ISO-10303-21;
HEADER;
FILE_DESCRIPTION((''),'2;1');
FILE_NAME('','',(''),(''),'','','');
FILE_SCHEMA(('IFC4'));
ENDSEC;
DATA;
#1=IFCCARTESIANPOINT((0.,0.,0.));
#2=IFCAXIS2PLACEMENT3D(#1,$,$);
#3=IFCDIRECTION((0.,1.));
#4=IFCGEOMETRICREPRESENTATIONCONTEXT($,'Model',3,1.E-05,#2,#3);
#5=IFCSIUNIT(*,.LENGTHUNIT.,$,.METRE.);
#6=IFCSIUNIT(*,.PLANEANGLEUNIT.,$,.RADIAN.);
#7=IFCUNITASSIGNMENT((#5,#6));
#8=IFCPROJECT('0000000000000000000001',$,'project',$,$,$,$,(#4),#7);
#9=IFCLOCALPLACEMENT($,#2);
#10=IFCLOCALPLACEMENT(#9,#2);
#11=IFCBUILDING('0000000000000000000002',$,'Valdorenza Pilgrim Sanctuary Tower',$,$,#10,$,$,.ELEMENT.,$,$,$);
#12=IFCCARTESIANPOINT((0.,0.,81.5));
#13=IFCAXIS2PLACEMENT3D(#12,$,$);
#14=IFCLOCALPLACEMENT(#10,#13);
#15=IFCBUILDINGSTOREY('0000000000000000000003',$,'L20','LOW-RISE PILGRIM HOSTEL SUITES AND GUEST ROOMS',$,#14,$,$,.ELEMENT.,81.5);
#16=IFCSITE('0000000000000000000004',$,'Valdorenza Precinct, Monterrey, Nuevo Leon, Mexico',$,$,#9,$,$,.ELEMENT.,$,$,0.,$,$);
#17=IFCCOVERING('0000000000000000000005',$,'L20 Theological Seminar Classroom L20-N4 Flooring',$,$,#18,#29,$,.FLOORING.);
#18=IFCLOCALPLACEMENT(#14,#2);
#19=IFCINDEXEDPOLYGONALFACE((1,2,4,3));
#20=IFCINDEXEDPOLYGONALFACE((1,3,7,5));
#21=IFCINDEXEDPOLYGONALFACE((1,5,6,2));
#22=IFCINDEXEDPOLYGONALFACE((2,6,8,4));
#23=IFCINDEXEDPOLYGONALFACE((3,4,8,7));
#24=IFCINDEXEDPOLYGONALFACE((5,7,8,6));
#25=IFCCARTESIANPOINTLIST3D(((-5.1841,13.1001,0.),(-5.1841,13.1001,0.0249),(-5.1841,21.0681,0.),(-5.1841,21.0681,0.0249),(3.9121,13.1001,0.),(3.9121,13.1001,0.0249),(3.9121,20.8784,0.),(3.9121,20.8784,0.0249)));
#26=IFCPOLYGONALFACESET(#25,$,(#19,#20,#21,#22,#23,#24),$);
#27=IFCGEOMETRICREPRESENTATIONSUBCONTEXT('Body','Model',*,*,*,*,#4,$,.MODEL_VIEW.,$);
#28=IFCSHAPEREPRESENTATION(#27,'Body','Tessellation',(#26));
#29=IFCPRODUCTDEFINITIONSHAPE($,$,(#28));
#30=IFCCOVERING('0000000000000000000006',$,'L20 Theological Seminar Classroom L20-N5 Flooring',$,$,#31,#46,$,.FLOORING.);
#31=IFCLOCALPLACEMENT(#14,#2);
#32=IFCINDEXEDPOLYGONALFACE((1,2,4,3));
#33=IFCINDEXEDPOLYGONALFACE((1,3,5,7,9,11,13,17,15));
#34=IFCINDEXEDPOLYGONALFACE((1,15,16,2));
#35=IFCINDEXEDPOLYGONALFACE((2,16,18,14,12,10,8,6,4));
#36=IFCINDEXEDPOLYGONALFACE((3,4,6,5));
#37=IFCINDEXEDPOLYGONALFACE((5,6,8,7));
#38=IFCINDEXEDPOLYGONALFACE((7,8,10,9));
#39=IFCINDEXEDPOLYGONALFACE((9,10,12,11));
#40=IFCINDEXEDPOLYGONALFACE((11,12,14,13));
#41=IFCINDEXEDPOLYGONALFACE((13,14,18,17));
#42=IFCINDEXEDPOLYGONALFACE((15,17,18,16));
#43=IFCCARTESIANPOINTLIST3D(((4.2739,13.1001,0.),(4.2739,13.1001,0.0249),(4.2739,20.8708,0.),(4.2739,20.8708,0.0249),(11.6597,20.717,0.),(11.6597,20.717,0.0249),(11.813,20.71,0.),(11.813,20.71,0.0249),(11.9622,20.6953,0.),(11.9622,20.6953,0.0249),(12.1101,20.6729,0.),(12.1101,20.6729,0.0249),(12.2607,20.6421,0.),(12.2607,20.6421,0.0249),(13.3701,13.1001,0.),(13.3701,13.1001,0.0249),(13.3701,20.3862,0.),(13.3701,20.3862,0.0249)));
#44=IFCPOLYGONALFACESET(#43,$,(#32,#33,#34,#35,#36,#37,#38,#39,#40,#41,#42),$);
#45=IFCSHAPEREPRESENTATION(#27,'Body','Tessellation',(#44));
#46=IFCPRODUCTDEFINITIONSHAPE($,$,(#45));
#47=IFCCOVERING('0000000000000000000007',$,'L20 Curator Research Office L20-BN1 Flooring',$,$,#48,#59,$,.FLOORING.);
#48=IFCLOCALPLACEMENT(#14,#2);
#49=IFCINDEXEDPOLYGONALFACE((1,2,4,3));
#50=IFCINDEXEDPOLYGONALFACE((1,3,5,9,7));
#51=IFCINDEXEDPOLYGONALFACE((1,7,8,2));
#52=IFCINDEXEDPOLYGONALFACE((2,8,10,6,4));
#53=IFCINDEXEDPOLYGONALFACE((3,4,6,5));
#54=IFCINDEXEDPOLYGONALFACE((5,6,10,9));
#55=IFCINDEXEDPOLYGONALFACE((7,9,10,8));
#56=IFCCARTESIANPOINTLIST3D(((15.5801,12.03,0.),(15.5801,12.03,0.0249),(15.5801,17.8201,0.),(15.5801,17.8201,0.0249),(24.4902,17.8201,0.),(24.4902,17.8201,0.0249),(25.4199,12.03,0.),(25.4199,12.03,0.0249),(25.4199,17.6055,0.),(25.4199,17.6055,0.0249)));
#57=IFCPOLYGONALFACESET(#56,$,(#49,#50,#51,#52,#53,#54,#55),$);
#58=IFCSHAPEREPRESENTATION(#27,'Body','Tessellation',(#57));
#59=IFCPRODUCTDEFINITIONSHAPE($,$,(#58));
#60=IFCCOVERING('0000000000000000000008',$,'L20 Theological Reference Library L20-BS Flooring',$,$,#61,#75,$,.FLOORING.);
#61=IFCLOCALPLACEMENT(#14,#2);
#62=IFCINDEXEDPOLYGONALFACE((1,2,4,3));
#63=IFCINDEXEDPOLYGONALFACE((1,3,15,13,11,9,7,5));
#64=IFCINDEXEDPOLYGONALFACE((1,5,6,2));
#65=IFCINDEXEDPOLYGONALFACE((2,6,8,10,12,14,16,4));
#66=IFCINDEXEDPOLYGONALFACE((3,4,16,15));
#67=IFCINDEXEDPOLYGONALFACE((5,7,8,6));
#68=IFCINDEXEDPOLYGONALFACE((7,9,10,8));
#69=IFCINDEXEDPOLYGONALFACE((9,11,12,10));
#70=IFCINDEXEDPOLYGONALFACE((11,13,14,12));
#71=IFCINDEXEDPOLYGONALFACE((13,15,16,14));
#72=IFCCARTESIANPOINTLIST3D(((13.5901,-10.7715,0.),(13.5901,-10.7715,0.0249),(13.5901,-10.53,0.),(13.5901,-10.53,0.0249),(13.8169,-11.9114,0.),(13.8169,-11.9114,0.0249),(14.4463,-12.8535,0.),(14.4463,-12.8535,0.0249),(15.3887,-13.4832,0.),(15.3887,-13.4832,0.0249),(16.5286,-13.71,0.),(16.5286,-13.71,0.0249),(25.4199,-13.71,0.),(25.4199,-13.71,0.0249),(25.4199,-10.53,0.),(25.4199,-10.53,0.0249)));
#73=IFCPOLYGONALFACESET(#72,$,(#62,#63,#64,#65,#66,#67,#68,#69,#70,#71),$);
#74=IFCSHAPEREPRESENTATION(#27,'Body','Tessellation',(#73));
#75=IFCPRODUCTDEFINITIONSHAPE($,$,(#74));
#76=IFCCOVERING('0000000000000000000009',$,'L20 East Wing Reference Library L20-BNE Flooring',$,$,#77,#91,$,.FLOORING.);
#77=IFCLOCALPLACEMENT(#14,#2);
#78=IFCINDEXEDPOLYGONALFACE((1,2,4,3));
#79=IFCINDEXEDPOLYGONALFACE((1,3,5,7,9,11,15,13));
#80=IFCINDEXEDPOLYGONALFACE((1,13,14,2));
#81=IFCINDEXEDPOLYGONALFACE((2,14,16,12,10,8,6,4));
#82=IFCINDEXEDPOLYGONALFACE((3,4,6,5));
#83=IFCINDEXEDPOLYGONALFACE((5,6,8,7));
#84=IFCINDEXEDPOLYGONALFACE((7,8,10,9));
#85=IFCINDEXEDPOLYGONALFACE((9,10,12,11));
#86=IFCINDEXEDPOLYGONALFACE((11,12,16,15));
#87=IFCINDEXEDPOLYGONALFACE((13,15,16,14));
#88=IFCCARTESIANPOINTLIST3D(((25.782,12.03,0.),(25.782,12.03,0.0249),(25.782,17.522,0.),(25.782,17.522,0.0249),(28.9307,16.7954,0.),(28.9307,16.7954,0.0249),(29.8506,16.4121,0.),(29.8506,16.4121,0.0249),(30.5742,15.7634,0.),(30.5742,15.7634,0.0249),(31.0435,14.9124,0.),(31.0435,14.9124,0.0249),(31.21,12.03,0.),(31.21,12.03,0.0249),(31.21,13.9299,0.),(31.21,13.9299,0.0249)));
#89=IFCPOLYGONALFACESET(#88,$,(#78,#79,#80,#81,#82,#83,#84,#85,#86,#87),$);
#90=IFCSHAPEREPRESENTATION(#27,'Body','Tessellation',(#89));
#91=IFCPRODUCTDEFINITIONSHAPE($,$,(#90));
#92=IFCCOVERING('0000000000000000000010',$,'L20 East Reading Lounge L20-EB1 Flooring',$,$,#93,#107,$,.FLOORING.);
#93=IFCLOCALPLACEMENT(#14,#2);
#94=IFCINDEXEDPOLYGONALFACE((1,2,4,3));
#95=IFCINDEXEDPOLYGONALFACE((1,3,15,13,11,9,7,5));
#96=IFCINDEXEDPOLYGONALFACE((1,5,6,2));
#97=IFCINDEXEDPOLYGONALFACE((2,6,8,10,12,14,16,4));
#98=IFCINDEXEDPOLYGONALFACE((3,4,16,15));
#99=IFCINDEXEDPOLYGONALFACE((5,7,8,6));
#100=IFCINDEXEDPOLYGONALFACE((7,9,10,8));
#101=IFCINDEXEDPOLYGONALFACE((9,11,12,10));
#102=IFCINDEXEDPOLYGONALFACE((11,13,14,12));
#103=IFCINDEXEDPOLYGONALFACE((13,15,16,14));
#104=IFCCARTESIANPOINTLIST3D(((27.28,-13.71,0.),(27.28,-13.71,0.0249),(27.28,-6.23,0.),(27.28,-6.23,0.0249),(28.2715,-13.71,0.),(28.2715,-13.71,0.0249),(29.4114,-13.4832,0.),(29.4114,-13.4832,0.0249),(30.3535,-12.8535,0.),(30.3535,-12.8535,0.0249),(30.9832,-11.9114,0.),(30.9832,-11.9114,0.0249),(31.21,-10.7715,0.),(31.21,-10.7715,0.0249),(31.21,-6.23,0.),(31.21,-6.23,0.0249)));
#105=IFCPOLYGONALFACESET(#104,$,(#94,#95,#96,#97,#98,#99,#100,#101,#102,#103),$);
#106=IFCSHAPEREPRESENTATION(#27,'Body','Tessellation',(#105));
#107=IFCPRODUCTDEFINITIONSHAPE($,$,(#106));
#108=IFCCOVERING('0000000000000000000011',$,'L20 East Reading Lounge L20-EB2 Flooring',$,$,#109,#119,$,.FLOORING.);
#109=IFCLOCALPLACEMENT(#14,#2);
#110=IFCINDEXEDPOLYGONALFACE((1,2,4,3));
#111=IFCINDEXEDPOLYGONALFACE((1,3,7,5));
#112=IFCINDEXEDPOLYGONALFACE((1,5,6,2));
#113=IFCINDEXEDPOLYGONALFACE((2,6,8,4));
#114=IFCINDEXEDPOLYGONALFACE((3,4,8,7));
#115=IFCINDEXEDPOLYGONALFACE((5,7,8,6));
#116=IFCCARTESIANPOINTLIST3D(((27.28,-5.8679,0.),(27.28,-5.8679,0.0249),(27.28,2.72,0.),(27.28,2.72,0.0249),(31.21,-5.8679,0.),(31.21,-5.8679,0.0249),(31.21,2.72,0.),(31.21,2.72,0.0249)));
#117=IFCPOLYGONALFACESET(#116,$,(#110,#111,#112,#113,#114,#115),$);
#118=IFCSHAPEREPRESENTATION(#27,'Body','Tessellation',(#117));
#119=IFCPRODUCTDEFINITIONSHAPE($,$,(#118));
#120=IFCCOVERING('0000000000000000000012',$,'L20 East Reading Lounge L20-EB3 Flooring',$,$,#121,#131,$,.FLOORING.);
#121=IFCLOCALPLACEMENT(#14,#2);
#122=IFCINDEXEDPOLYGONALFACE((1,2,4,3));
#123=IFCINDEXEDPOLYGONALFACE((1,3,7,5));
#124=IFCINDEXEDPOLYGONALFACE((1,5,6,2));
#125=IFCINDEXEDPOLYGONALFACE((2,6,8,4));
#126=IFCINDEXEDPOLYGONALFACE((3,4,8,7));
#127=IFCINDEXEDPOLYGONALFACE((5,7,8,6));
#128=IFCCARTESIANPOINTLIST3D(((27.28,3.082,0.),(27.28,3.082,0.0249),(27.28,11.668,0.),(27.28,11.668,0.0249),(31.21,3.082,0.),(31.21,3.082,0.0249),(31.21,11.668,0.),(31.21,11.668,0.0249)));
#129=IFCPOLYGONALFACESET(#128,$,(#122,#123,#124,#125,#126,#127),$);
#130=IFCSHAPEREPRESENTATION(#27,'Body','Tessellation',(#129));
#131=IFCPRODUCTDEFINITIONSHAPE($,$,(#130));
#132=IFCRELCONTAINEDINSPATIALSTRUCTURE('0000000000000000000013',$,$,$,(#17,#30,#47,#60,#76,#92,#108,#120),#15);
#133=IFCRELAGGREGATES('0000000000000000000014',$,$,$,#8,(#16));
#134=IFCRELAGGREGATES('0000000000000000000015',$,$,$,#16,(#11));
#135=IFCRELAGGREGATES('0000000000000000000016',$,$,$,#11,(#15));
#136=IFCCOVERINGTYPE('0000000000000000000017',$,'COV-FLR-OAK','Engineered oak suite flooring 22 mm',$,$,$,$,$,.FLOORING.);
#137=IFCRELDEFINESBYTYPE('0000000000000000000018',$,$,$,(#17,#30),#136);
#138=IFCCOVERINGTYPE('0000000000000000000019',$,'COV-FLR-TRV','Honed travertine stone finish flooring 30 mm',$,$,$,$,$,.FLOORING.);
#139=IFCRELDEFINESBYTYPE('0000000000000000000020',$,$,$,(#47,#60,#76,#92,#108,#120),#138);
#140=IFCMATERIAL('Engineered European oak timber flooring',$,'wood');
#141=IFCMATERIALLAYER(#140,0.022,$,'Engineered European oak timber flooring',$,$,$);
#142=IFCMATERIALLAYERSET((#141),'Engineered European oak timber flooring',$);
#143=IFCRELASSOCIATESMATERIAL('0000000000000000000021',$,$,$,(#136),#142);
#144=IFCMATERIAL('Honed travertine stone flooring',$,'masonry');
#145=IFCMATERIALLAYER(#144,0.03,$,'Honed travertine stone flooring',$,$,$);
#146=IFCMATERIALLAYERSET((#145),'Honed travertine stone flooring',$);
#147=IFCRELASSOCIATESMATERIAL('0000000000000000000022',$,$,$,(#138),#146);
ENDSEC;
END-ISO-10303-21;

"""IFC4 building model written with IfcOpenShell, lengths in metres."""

from ifc_helpers import new_model, si_unit, direction, frame, origin, place, context, subcontext, project, spatial, polyline, outline, extrude, material, layer, layer_set, type_object, element, save


model = new_model("IFC4")

# Units and contexts
model_context = context("Model", 3, precision=1e-05, world=origin(), true_north=direction((0.0, 1.0)))
body_context = subcontext(model_context, "Body", "Model", "MODEL_VIEW")
ifc_project = project(units=[si_unit("LENGTHUNIT", "METRE"), si_unit("PLANEANGLEUNIT", "RADIAN")], contexts=[model_context])

# Site, building, storey
site_placement = place(None, origin())
site = spatial("IfcSite", under=ifc_project, at=site_placement, Name="Valdorenza Precinct, Monterrey, Nuevo Leon, Mexico", CompositionType="ELEMENT", RefElevation=0.0)
building_placement = place(site_placement, origin())
building = spatial("IfcBuilding", under=site, at=building_placement, Name="Valdorenza Pilgrim Sanctuary Tower", CompositionType="ELEMENT")
storey_placement = place(building_placement, frame((0.0, 0.0, 81.5)))
storey = spatial("IfcBuildingStorey", under=building, at=storey_placement, Name="L20", Description="LOW-RISE PILGRIM HOSTEL SUITES AND GUEST ROOMS", CompositionType="ELEMENT", Elevation=81.5)

# Coverings
ifc_material_1 = material(Name="Engineered European oak timber flooring", Category="wood")
ifc_layer_1 = layer(ifc_material_1, 0.022, Name="Engineered European oak timber flooring")
ifc_layer_set_1 = layer_set([ifc_layer_1], Name="Engineered European oak timber flooring")
covering_type_1 = type_object("IfcCoveringType", Name="COV-FLR-OAK", Description="Engineered oak suite flooring 22 mm", PredefinedType="FLOORING", material=ifc_layer_set_1)
covering_1_placement = place(storey_placement, origin())
element("IfcCovering", 1, at=covering_1_placement, inside=storey, type_object=covering_type_1, Name="L20 Theological Seminar Classroom L20-N4 Flooring", PredefinedType="FLOORING", context=body_context, shape_type="SweptSolid", body=[
    extrude(outline(polyline([(-5.1841, 13.1001), (-5.1841, 21.0681), (3.9121, 20.8784), (3.9121, 13.1001), (-5.1841, 13.1001)])), origin(), (0.0, 0.0, 1.0), 0.0249),
])
covering_2_placement = place(storey_placement, origin())
element("IfcCovering", 2, at=covering_2_placement, inside=storey, type_object=covering_type_1, Name="L20 Theological Seminar Classroom L20-N5 Flooring", PredefinedType="FLOORING", context=body_context, shape_type="SweptSolid", body=[
    extrude(outline(polyline([(4.2739, 13.1001), (4.2739, 20.8708), (11.6597, 20.717), (11.813, 20.71), (11.9622, 20.6953), (12.1101, 20.6729), (12.2607, 20.6421), (13.3701, 20.3862), (13.3701, 13.1001), (4.2739, 13.1001)])), origin(), (0.0, 0.0, 1.0), 0.0249),
])
ifc_material_2 = material(Name="Honed travertine stone flooring", Category="masonry")
ifc_layer_2 = layer(ifc_material_2, 0.03, Name="Honed travertine stone flooring")
ifc_layer_set_2 = layer_set([ifc_layer_2], Name="Honed travertine stone flooring")
covering_type_2 = type_object("IfcCoveringType", Name="COV-FLR-TRV", Description="Honed travertine stone finish flooring 30 mm", PredefinedType="FLOORING", material=ifc_layer_set_2)
covering_3_placement = place(storey_placement, origin())
element("IfcCovering", 3, at=covering_3_placement, inside=storey, type_object=covering_type_2, Name="L20 Curator Research Office L20-BN1 Flooring", PredefinedType="FLOORING", context=body_context, shape_type="SweptSolid", body=[
    extrude(outline(polyline([(15.5801, 12.03), (15.5801, 17.8201), (24.4902, 17.8201), (25.4199, 17.6055), (25.4199, 12.03), (15.5801, 12.03)])), origin(), (0.0, 0.0, 1.0), 0.0249),
])
covering_4_placement = place(storey_placement, origin())
element("IfcCovering", 4, at=covering_4_placement, inside=storey, type_object=covering_type_2, Name="L20 Theological Reference Library L20-BS Flooring", PredefinedType="FLOORING", context=body_context, shape_type="SweptSolid", body=[
    extrude(outline(polyline([(25.4199, -13.71), (16.5286, -13.71), (15.3887, -13.4832), (14.4463, -12.8535), (13.8169, -11.9114), (13.5901, -10.7715), (13.5901, -10.53), (25.4199, -10.53), (25.4199, -13.71)])), origin(), (0.0, 0.0, 1.0), 0.0249),
])
covering_5_placement = place(storey_placement, origin())
element("IfcCovering", 5, at=covering_5_placement, inside=storey, type_object=covering_type_2, Name="L20 East Wing Reference Library L20-BNE Flooring", PredefinedType="FLOORING", context=body_context, shape_type="SweptSolid", body=[
    extrude(outline(polyline([(28.9307, 16.7954), (29.8506, 16.4121), (30.5742, 15.7634), (31.0435, 14.9124), (31.21, 13.9299), (31.21, 12.03), (25.782, 12.03), (25.782, 17.522), (28.9307, 16.7954)])), origin(), (0.0, 0.0, 1.0), 0.0249),
])
covering_6_placement = place(storey_placement, origin())
element("IfcCovering", 6, at=covering_6_placement, inside=storey, type_object=covering_type_2, Name="L20 East Reading Lounge L20-EB1 Flooring", PredefinedType="FLOORING", context=body_context, shape_type="SweptSolid", body=[
    extrude(outline(polyline([(31.21, -6.23), (31.21, -10.7715), (30.9832, -11.9114), (30.3535, -12.8535), (29.4114, -13.4832), (28.2715, -13.71), (27.28, -13.71), (27.28, -6.23), (31.21, -6.23)])), origin(), (0.0, 0.0, 1.0), 0.0249),
])
covering_7_placement = place(storey_placement, origin())
element("IfcCovering", 7, at=covering_7_placement, inside=storey, type_object=covering_type_2, Name="L20 East Reading Lounge L20-EB2 Flooring", PredefinedType="FLOORING", context=body_context, shape_type="SweptSolid", body=[
    extrude(outline(polyline([(27.28, 2.72), (31.21, 2.72), (31.21, -5.8679), (27.28, -5.8679), (27.28, 2.72)])), origin(), (0.0, 0.0, 1.0), 0.0249),
])
covering_8_placement = place(storey_placement, origin())
element("IfcCovering", 8, at=covering_8_placement, inside=storey, type_object=covering_type_2, Name="L20 East Reading Lounge L20-EB3 Flooring", PredefinedType="FLOORING", context=body_context, shape_type="SweptSolid", body=[
    extrude(outline(polyline([(27.28, 11.668), (31.21, 11.668), (31.21, 3.082), (27.28, 3.082), (27.28, 11.668)])), origin(), (0.0, 0.0, 1.0), 0.0249),
])

save(model, "model.ifc")
